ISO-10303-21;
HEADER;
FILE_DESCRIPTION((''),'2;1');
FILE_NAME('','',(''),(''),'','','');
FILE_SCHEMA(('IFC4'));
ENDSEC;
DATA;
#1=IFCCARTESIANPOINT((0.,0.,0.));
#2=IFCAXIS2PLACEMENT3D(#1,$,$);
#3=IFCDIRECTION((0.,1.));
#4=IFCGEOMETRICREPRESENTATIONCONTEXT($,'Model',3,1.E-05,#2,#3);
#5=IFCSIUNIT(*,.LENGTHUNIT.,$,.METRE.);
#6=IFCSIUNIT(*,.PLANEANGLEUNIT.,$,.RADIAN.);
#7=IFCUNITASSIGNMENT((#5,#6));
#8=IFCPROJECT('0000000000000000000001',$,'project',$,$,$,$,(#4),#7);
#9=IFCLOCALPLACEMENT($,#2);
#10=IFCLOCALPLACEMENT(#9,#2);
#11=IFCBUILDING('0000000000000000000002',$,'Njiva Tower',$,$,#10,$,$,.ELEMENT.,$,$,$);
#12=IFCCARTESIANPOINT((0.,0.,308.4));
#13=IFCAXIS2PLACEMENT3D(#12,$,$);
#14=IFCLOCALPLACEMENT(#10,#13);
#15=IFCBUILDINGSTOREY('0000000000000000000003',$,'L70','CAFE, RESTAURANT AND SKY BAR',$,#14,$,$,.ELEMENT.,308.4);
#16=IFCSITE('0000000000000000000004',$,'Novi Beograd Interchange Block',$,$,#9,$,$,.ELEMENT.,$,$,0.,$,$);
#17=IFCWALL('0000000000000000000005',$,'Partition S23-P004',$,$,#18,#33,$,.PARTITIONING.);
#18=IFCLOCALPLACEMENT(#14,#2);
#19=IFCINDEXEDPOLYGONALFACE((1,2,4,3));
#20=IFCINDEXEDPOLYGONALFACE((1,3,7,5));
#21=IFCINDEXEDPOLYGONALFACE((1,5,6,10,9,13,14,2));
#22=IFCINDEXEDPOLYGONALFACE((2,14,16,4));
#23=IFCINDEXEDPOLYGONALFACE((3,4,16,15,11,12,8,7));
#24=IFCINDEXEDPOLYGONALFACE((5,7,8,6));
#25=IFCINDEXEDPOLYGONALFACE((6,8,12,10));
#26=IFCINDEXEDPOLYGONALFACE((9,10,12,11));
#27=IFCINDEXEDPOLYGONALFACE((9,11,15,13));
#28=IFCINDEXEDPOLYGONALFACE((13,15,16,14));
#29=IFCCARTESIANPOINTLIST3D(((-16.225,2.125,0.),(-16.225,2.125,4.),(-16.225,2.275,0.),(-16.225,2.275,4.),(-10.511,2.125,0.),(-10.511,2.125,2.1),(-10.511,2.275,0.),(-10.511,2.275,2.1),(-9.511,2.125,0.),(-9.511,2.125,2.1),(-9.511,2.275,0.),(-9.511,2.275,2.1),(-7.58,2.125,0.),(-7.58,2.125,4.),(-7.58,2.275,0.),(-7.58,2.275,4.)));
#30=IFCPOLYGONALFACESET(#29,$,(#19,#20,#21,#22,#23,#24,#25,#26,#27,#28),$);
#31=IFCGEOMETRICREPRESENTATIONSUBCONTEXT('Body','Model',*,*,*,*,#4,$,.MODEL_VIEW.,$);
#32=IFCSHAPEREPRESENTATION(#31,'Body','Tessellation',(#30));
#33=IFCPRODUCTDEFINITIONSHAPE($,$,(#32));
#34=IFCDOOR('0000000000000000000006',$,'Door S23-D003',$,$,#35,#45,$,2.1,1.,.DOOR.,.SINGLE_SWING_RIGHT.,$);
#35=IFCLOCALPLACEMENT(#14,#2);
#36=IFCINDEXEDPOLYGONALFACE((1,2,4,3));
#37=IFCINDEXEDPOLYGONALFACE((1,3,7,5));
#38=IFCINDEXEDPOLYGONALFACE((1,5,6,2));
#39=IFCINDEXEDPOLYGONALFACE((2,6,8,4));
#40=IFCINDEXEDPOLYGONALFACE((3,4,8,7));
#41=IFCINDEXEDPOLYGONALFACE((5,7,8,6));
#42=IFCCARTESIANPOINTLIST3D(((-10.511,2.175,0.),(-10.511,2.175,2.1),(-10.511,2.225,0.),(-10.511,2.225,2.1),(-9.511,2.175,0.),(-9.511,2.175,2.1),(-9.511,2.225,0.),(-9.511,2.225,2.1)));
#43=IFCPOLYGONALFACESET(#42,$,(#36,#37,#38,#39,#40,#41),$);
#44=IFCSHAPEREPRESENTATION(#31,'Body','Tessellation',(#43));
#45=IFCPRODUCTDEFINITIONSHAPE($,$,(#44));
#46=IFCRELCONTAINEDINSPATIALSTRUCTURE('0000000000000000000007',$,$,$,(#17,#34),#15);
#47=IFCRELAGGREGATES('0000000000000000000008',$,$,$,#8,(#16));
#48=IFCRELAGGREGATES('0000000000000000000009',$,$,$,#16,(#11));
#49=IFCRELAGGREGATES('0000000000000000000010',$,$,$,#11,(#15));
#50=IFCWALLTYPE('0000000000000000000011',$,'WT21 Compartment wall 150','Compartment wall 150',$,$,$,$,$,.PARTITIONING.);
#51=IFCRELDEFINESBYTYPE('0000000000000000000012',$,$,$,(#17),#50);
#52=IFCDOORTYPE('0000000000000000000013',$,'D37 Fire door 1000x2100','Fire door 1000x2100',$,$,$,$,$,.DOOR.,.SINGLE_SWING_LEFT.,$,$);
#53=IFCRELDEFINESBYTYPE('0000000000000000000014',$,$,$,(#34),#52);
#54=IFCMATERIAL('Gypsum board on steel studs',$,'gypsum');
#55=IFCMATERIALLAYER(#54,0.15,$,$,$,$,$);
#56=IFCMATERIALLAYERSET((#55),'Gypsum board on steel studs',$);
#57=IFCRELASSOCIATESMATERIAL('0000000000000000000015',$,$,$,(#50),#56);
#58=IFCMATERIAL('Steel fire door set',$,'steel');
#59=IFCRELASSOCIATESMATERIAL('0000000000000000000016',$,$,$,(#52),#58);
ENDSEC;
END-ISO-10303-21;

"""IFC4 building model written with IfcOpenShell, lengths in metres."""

from ifc_helpers import new_model, si_unit, direction, frame, frame_2d, origin, place, context, subcontext, project, spatial, rectangle, extrude, material, layer, layer_set, type_object, element, fill, save


model = new_model("IFC4")

# Units and contexts
model_context = context("Model", 3, precision=1e-05, world=origin(), true_north=direction((0.0, 1.0)))
body_context = subcontext(model_context, "Body", "Model", "MODEL_VIEW")
ifc_project = project(units=[si_unit("LENGTHUNIT", "METRE"), si_unit("PLANEANGLEUNIT", "RADIAN")], contexts=[model_context])

# Site, building, storey
site_placement = place(None, origin())
site = spatial("IfcSite", under=ifc_project, at=site_placement, Name="Novi Beograd Interchange Block", CompositionType="ELEMENT", RefElevation=0.0)
building_placement = place(site_placement, origin())
building = spatial("IfcBuilding", under=site, at=building_placement, Name="Njiva Tower", CompositionType="ELEMENT")
storey_placement = place(building_placement, frame((0.0, 0.0, 308.4)))
storey = spatial("IfcBuildingStorey", under=building, at=storey_placement, Name="L70", Description="CAFE, RESTAURANT AND SKY BAR", CompositionType="ELEMENT", Elevation=308.4)

# Shared definitions
ifc_material_1 = material(Name="Gypsum board on steel studs", Category="gypsum")

# Shared definitions
ifc_layer_1 = layer(ifc_material_1, 0.15)
ifc_layer_set_1 = layer_set([ifc_layer_1], Name="Gypsum board on steel studs")
wall_type_1 = type_object("IfcWallType", Name="WT21 Compartment wall 150", Description="Compartment wall 150", PredefinedType="PARTITIONING", material=ifc_layer_set_1)
ifc_material_2 = material(Name="Steel fire door set", Category="steel")
door_type_1 = type_object("IfcDoorType", Name="D37 Fire door 1000x2100", Description="Fire door 1000x2100", OperationType="SINGLE_SWING_LEFT", PredefinedType="DOOR", material=ifc_material_2)

# Wall, opening, door
wall_1_placement = place(storey_placement, frame((-16.225, 2.2, 0.0), z_axis=(0.0, 0.0, 1.0), x_axis=(1.0, 0.0, 0.0)))
wall_1 = element("IfcWall", 1, at=wall_1_placement, inside=storey, type_object=wall_type_1, Name="Partition S23-P004", PredefinedType="PARTITIONING", context=body_context, shape_type="SweptSolid", body=[
    extrude(rectangle(XDim=8.645, YDim=0.15, at=frame_2d((4.3225, 0.0))), origin(), (0.0, 0.0, 1.0), 4.0),
])
opening_1_placement = place(wall_1_placement, frame((5.714, 0.0, 0.0)))
opening_1 = element("IfcOpeningElement", 2, at=opening_1_placement, cuts=wall_1, PredefinedType="OPENING", context=body_context, shape_type="SweptSolid", body=[
    extrude(rectangle(XDim=1.0, YDim=2.1, at=frame_2d((0.5, 1.05))), frame((0.0, 0.085, 0.0), z_axis=(0.0, -1.0, 0.0), x_axis=(1.0, 0.0, 0.0)), (0.0, 0.0, 1.0), 0.17),
])
door_1_placement = place(opening_1_placement, origin())
door_1 = element("IfcDoor", 3, at=door_1_placement, inside=storey, type_object=door_type_1, Name="Door S23-D003", OperationType="SINGLE_SWING_RIGHT", OverallHeight=2.1, OverallWidth=1.0, PredefinedType="DOOR", context=body_context, shape_type="SweptSolid", body=[
    extrude(rectangle(XDim=1.0, YDim=2.1, at=frame_2d((0.5, 1.05))), frame((0.0, 0.025, 0.0), z_axis=(0.0, -1.0, 0.0), x_axis=(1.0, 0.0, 0.0)), (0.0, 0.0, 1.0), 0.05),
])
fill(opening_1, door_1)

save(model, "model.ifc")
